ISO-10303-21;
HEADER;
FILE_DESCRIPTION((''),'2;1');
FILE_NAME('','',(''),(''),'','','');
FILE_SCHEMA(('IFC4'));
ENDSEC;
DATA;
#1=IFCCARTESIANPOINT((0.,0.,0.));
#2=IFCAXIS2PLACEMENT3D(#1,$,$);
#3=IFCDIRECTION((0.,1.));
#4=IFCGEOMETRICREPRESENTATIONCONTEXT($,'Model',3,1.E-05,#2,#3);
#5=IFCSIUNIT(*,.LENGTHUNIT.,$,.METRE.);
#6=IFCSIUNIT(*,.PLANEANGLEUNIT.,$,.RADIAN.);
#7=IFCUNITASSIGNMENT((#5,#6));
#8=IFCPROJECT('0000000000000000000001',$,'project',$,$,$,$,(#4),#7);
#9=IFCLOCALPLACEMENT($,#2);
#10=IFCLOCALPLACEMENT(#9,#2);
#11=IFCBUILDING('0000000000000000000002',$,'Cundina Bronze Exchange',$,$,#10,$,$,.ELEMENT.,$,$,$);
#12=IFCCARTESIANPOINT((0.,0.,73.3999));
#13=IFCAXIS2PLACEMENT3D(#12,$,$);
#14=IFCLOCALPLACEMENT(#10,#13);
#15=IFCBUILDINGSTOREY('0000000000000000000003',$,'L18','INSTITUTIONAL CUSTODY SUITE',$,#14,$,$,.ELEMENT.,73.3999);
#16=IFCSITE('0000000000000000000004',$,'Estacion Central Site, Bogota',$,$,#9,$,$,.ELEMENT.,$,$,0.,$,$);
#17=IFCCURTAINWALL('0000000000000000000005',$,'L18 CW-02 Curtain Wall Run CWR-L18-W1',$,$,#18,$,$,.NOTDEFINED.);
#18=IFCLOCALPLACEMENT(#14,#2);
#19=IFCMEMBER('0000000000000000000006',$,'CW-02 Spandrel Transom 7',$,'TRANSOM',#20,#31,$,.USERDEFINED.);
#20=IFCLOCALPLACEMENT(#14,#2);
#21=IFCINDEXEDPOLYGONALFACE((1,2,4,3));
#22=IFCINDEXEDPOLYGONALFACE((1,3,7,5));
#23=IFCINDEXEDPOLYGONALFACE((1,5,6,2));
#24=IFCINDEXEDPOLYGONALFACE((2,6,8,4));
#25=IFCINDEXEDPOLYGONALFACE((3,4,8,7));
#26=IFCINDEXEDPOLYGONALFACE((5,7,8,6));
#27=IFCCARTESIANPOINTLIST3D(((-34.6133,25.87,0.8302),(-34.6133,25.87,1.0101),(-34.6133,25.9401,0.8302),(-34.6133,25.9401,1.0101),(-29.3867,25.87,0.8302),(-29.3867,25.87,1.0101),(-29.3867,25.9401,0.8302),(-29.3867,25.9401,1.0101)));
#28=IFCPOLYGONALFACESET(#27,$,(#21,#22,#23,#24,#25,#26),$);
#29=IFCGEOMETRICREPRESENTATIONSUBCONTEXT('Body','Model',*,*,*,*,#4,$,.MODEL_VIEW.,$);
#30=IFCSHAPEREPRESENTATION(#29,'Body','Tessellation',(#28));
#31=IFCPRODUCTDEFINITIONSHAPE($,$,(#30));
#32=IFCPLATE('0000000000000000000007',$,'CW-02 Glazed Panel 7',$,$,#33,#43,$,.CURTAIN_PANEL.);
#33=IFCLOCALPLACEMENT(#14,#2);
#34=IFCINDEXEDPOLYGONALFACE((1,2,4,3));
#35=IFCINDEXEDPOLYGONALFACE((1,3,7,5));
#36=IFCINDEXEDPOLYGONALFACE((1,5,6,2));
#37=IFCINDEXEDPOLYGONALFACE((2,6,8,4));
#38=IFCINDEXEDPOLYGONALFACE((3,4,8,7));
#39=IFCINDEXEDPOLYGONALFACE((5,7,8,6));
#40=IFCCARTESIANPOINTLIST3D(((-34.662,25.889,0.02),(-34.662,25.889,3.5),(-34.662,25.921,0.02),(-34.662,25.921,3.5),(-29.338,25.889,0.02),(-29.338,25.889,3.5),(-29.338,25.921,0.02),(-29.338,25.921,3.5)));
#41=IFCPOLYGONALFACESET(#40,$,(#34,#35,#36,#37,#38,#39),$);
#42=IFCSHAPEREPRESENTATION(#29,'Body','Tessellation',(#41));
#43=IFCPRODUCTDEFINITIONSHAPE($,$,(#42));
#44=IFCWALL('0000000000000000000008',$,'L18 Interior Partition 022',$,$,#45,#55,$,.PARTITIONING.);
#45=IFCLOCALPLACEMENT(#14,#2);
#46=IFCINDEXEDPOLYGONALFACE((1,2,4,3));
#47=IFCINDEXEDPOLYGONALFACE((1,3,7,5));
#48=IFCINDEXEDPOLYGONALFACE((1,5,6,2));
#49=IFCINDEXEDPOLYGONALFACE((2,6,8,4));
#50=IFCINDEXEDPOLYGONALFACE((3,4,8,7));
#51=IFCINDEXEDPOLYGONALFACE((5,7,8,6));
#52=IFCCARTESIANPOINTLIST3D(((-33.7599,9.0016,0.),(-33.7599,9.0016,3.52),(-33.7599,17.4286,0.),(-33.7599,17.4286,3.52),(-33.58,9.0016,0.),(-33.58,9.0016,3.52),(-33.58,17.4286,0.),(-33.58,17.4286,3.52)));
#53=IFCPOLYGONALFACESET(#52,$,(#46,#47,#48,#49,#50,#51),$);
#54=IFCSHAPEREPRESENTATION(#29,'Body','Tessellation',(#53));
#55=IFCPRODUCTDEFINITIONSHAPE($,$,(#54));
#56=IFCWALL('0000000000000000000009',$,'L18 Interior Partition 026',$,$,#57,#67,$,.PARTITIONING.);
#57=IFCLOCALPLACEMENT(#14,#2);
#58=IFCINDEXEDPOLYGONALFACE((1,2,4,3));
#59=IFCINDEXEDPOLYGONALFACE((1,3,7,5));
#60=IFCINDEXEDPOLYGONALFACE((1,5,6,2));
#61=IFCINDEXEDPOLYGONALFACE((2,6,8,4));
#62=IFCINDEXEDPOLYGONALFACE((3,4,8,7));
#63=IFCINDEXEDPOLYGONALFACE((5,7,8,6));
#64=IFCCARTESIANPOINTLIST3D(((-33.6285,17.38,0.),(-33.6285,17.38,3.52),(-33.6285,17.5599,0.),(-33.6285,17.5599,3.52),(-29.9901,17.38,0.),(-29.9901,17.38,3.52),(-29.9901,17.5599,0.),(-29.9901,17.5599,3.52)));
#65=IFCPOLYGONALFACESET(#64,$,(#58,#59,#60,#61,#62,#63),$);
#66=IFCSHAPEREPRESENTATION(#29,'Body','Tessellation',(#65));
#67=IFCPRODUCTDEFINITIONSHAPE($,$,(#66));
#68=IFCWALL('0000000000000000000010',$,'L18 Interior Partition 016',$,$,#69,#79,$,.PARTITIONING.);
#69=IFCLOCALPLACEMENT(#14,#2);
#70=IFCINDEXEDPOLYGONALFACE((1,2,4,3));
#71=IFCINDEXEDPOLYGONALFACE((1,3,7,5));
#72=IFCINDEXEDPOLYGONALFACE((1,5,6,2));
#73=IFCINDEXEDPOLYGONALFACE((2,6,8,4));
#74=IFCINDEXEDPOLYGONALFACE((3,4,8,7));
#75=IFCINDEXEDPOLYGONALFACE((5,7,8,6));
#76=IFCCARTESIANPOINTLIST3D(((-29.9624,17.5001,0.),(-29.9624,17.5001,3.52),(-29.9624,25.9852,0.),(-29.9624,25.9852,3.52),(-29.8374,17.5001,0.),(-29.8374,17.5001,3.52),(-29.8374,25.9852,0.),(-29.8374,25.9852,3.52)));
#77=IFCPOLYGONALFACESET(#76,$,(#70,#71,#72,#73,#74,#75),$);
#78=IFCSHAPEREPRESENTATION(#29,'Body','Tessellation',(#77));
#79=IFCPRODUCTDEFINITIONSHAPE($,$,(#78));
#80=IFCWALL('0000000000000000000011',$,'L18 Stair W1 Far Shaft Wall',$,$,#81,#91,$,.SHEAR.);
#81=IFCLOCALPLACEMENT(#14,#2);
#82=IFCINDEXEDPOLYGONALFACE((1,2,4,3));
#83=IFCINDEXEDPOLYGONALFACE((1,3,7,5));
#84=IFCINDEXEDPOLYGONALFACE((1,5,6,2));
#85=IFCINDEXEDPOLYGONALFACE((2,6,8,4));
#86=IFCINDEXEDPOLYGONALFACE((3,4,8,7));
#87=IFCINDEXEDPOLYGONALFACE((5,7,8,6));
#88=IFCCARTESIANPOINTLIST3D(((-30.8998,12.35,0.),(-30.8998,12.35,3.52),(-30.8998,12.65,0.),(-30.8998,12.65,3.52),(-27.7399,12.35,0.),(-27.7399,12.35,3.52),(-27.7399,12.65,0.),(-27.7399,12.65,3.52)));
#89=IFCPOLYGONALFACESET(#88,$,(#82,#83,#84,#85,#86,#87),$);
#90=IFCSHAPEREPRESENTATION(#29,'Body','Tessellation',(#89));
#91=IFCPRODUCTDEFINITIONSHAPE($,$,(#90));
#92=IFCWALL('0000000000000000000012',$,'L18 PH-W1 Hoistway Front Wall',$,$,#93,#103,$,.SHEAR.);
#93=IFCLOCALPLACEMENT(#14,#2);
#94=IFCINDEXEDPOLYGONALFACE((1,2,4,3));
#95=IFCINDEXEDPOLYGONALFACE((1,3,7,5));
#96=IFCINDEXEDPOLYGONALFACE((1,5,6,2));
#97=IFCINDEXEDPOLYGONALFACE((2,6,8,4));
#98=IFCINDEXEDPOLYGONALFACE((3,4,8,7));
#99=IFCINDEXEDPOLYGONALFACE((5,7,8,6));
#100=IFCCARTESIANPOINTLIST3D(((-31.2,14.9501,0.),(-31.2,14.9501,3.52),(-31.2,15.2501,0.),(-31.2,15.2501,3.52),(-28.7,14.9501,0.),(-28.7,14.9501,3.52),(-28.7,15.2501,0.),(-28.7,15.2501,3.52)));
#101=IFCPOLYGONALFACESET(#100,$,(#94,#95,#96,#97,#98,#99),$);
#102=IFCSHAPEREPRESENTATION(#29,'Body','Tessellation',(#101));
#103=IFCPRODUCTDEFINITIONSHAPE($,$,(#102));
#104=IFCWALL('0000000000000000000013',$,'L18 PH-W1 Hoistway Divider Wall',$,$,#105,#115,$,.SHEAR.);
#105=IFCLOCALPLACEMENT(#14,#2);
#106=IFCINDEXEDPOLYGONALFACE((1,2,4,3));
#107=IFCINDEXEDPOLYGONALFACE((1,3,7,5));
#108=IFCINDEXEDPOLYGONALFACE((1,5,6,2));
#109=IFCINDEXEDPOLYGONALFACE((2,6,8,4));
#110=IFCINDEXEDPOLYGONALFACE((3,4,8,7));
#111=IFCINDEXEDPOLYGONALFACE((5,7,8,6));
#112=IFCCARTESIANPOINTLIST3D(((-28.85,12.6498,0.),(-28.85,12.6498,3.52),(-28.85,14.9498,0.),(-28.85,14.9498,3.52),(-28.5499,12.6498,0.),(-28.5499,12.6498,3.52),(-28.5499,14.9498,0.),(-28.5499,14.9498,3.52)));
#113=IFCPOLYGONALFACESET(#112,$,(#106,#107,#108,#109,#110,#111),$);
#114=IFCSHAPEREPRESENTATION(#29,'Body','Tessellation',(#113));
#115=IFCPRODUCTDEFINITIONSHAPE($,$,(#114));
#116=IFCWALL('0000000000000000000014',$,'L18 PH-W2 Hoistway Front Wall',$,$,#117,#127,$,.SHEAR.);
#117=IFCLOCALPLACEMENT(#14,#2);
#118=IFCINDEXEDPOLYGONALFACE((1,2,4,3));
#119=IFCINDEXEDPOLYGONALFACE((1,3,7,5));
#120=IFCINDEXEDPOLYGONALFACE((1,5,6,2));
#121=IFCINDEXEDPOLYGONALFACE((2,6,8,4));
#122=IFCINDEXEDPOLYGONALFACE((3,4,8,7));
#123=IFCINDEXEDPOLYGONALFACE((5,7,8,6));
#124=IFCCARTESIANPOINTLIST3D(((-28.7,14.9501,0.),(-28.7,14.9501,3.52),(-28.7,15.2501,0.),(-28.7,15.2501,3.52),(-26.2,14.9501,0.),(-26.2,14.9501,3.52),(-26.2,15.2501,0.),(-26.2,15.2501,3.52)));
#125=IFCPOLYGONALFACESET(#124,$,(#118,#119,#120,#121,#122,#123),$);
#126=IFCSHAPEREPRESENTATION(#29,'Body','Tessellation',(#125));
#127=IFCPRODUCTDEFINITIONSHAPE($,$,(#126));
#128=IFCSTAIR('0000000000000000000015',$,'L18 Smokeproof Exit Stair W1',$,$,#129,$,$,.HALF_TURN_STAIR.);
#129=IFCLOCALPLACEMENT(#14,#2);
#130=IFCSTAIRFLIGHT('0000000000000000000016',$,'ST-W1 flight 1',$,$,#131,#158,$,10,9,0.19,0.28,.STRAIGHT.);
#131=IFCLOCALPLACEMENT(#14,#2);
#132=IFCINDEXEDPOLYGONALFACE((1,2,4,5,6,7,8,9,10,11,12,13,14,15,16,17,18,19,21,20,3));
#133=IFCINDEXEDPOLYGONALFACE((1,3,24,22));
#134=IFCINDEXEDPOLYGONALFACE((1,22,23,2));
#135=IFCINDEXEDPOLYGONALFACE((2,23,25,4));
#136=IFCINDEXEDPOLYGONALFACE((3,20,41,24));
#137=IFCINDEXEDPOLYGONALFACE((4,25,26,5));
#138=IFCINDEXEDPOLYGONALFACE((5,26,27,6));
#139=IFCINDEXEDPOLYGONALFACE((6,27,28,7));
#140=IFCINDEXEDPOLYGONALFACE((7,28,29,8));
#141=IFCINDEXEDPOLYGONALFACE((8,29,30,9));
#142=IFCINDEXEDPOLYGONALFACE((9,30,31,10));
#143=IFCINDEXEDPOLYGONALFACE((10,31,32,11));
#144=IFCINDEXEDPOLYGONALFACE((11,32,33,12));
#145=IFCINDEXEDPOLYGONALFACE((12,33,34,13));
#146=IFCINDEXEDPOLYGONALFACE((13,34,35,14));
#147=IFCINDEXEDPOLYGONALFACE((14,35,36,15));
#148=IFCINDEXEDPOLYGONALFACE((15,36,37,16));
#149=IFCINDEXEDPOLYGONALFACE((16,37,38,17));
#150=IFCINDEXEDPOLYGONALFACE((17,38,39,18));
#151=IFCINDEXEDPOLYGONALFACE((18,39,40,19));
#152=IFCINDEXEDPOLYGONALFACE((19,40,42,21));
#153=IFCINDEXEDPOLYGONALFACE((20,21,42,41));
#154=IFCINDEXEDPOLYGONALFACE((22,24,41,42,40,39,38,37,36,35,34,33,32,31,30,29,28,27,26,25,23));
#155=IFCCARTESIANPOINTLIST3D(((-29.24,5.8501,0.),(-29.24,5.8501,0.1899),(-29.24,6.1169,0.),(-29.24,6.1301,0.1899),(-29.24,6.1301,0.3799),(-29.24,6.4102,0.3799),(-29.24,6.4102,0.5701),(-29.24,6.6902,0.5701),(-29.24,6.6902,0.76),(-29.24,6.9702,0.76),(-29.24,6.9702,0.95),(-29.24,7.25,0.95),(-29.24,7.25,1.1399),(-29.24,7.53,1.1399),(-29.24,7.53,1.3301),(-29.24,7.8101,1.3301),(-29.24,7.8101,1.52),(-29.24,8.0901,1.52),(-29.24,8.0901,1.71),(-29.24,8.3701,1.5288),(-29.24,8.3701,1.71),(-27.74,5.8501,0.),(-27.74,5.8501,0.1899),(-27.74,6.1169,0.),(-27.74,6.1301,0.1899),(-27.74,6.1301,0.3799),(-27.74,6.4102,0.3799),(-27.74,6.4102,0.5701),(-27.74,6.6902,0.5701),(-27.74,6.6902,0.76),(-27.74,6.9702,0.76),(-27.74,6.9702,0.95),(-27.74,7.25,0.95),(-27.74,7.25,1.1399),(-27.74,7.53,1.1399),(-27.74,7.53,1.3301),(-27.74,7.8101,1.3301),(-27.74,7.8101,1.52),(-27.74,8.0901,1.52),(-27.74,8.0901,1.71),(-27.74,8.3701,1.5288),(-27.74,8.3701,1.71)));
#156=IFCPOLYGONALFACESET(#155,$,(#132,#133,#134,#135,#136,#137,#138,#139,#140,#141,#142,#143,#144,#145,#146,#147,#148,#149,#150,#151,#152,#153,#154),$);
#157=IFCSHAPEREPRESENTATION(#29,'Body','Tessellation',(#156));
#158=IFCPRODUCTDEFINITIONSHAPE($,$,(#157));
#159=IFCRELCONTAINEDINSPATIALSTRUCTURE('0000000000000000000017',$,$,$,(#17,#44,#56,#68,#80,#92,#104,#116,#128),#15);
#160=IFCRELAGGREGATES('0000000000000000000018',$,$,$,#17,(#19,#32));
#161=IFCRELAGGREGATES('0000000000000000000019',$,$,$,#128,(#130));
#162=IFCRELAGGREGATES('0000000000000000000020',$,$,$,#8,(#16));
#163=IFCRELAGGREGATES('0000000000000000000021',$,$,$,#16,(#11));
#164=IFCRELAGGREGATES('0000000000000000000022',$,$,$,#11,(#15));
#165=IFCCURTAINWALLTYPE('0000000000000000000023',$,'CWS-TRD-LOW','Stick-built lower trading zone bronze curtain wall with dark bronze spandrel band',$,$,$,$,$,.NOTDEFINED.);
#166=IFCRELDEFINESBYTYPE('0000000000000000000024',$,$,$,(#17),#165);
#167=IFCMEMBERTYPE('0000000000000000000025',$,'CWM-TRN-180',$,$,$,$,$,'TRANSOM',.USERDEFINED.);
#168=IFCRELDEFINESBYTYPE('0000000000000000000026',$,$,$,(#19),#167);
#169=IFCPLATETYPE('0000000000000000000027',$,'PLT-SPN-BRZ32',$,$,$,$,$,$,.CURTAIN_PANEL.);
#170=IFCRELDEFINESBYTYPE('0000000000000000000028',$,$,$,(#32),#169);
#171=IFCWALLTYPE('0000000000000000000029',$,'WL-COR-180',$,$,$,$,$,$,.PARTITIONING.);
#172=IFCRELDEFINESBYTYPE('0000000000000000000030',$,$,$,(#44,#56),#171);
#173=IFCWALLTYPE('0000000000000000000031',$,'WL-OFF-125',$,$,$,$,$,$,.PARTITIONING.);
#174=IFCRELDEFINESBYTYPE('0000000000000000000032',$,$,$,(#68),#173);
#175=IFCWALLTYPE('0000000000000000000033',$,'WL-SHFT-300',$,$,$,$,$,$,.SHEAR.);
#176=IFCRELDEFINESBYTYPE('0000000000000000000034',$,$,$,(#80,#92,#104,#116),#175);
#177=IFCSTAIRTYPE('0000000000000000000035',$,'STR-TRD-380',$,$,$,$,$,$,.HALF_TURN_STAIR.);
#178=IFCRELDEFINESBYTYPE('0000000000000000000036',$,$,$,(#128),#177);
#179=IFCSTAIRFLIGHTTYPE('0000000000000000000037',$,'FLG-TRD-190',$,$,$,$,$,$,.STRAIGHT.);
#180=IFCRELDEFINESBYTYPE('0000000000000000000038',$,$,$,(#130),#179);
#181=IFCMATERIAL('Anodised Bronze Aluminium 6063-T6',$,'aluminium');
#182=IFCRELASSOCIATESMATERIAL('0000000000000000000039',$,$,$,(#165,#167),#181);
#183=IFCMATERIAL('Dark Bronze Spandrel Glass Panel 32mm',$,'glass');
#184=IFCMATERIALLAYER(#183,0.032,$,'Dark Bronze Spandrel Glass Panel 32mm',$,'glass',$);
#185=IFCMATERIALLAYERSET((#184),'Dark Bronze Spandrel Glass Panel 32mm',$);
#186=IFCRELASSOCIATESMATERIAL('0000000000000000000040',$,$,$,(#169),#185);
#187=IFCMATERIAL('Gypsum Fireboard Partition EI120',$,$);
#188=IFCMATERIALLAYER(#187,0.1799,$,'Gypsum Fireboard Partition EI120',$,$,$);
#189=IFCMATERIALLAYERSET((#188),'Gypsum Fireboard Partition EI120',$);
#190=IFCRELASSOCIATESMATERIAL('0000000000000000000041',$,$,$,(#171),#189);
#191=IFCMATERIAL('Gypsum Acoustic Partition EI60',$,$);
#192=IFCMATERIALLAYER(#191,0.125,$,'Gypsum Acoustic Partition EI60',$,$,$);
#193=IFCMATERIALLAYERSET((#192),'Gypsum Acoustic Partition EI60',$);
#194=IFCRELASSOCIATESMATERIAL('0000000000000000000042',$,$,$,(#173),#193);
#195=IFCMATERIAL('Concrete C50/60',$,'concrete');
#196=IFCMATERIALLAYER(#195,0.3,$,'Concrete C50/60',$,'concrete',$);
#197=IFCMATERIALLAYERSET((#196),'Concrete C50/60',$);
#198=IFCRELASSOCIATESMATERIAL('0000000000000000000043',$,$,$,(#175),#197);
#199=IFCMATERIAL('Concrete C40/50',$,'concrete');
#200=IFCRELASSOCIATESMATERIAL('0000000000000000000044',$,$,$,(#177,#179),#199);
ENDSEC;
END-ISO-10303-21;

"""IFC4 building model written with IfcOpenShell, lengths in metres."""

from ifc_helpers import new_model, si_unit, direction, frame, frame_2d, origin, origin_2d, place, context, subcontext, project, spatial, polyline, rectangle, outline, extrude, material, layer, layer_set, material_profile, profile_set, type_object, element, aggregate, save


model = new_model("IFC4")

# Units and contexts
model_context = context("Model", 3, precision=1e-05, world=origin(), true_north=direction((0.0, 1.0)))
body_context = subcontext(model_context, "Body", "Model", "MODEL_VIEW")
ifc_project = project(units=[si_unit("LENGTHUNIT", "METRE"), si_unit("PLANEANGLEUNIT", "RADIAN")], contexts=[model_context])

# Site, building, storey
site_placement = place(None, origin())
site = spatial("IfcSite", under=ifc_project, at=site_placement, Name="Estacion Central Site, Bogota", CompositionType="ELEMENT", RefElevation=0.0)
building_placement = place(site_placement, origin())
building = spatial("IfcBuilding", under=site, at=building_placement, Name="Cundina Bronze Exchange", CompositionType="ELEMENT")
storey_placement = place(building_placement, frame((0.0, 0.0, 73.3999)))
storey = spatial("IfcBuildingStorey", under=building, at=storey_placement, Name="L18", Description="INSTITUTIONAL CUSTODY SUITE", CompositionType="ELEMENT", Elevation=73.3999)

# Curtain wall
ifc_material_1 = material(Name="Anodised Bronze Aluminium 6063-T6", Category="aluminium")
curtain_wall_type = type_object("IfcCurtainWallType", Name="CWS-TRD-LOW", Description="Stick-built lower trading zone bronze curtain wall with dark bronze spandrel band", PredefinedType="NOTDEFINED", material=ifc_material_1)
curtain_wall_1_placement = place(storey_placement, origin())
curtain_wall_1 = element("IfcCurtainWall", 1, at=curtain_wall_1_placement, inside=storey, type_object=curtain_wall_type, Name="L18 CW-02 Curtain Wall Run CWR-L18-W1", PredefinedType="NOTDEFINED")

# Member
ifc_material_profile_1 = material_profile(ifc_material_1, rectangle(XDim=0.0701, YDim=0.1799, at=origin_2d()), Name="AL70X180", Category="aluminium")
ifc_profile_set_1 = profile_set([ifc_material_profile_1], Name="Anodised Bronze Aluminium 6063-T6")
member_type_1 = type_object("IfcMemberType", Name="CWM-TRN-180", ElementType="TRANSOM", PredefinedType="USERDEFINED", material=ifc_profile_set_1)
member_1_placement = place(storey_placement, frame((-29.3867, 25.905, 0.9202), z_axis=(-1.0, 0.0, 0.0), x_axis=(0.0, -1.0, 0.0)))
member_1 = element("IfcMember", 2, at=member_1_placement, type_object=member_type_1, Name="CW-02 Spandrel Transom 7", ObjectType="TRANSOM", PredefinedType="USERDEFINED", context=body_context, shape_type="SweptSolid", body=[
    extrude(rectangle(XDim=0.0701, YDim=0.1799, at=origin_2d()), origin(), (0.0, 0.0, 1.0), 5.2266),
])

# Plate
ifc_material_2 = material(Name="Dark Bronze Spandrel Glass Panel 32mm", Category="glass")
ifc_layer_1 = layer(ifc_material_2, 0.032, Name="Dark Bronze Spandrel Glass Panel 32mm", Category="glass")
ifc_layer_set_1 = layer_set([ifc_layer_1], Name="Dark Bronze Spandrel Glass Panel 32mm")
plate_type = type_object("IfcPlateType", Name="PLT-SPN-BRZ32", PredefinedType="CURTAIN_PANEL", material=ifc_layer_set_1)
plate_placement = place(storey_placement, frame((-32.0, 25.905, 0.02), z_axis=(0.0, 0.0, 1.0), x_axis=(-1.0, 0.0, 0.0)))
plate = element("IfcPlate", 3, at=plate_placement, type_object=plate_type, Name="CW-02 Glazed Panel 7", PredefinedType="CURTAIN_PANEL", context=body_context, shape_type="SweptSolid", body=[
    extrude(rectangle(XDim=5.324, YDim=0.032, at=origin_2d()), origin(), (0.0, 0.0, 1.0), 3.48),
])
aggregate(curtain_wall_1, [member_1, plate])

# Shared definitions
ifc_material_3 = material(Name="Gypsum Fireboard Partition EI120")
ifc_layer_2 = layer(ifc_material_3, 0.1799, Name="Gypsum Fireboard Partition EI120")
ifc_layer_set_2 = layer_set([ifc_layer_2], Name="Gypsum Fireboard Partition EI120")
wall_type_1 = type_object("IfcWallType", Name="WL-COR-180", PredefinedType="PARTITIONING", material=ifc_layer_set_2)

# Walls
wall_1_placement = place(storey_placement, frame((-33.6699, 17.4285, 0.0), z_axis=(0.0, 0.0, 1.0), x_axis=(0.0, -1.0, 0.0)))
element("IfcWall", 4, at=wall_1_placement, inside=storey, type_object=wall_type_1, Name="L18 Interior Partition 022", PredefinedType="PARTITIONING", context=body_context, shape_type="SweptSolid", body=[
    extrude(rectangle(XDim=8.427, YDim=0.1799, at=frame_2d((4.2134, 0.0))), origin(), (0.0, 0.0, 1.0), 3.52),
])
wall_2_placement = place(storey_placement, frame((-29.99, 17.47, 0.0), z_axis=(0.0, 0.0, 1.0), x_axis=(-1.0, 0.0, 0.0)))
element("IfcWall", 5, at=wall_2_placement, inside=storey, type_object=wall_type_1, Name="L18 Interior Partition 026", PredefinedType="PARTITIONING", context=body_context, shape_type="SweptSolid", body=[
    extrude(rectangle(XDim=3.6384, YDim=0.1799, at=frame_2d((1.8193, 0.0))), origin(), (0.0, 0.0, 1.0), 3.52),
])
ifc_material_4 = material(Name="Gypsum Acoustic Partition EI60")
ifc_layer_3 = layer(ifc_material_4, 0.125, Name="Gypsum Acoustic Partition EI60")
ifc_layer_set_3 = layer_set([ifc_layer_3], Name="Gypsum Acoustic Partition EI60")
wall_type_2 = type_object("IfcWallType", Name="WL-OFF-125", PredefinedType="PARTITIONING", material=ifc_layer_set_3)
wall_3_placement = place(storey_placement, frame((-29.8999, 17.5, 0.0), z_axis=(0.0, 0.0, 1.0), x_axis=(0.0, 1.0, 0.0)))
element("IfcWall", 6, at=wall_3_placement, inside=storey, type_object=wall_type_2, Name="L18 Interior Partition 016", PredefinedType="PARTITIONING", context=body_context, shape_type="SweptSolid", body=[
    extrude(rectangle(XDim=8.4851, YDim=0.125, at=frame_2d((4.2427, 0.0))), origin(), (0.0, 0.0, 1.0), 3.52),
])

# Shared definitions
ifc_material_5 = material(Name="Concrete C50/60", Category="concrete")
ifc_layer_4 = layer(ifc_material_5, 0.3, Name="Concrete C50/60", Category="concrete")
ifc_layer_set_4 = layer_set([ifc_layer_4], Name="Concrete C50/60")
wall_type_3 = type_object("IfcWallType", Name="WL-SHFT-300", PredefinedType="SHEAR", material=ifc_layer_set_4)

# Walls
wall_4_placement = place(storey_placement, frame((-30.8999, 12.5, 0.0), z_axis=(0.0, 0.0, 1.0), x_axis=(1.0, 0.0, 0.0)))
element("IfcWall", 7, at=wall_4_placement, inside=storey, type_object=wall_type_3, Name="L18 Stair W1 Far Shaft Wall", PredefinedType="SHEAR", context=body_context, shape_type="SweptSolid", body=[
    extrude(rectangle(XDim=3.1599, YDim=0.3, at=frame_2d((1.5801, 0.0))), origin(), (0.0, 0.0, 1.0), 3.52),
])
wall_5_placement = place(storey_placement, frame((-31.2, 15.1001, 0.0), z_axis=(0.0, 0.0, 1.0), x_axis=(1.0, 0.0, 0.0)))
element("IfcWall", 8, at=wall_5_placement, inside=storey, type_object=wall_type_3, Name="L18 PH-W1 Hoistway Front Wall", PredefinedType="SHEAR", context=body_context, shape_type="SweptSolid", body=[
    extrude(rectangle(XDim=2.5, YDim=0.3, at=frame_2d((1.25, 0.0))), origin(), (0.0, 0.0, 1.0), 3.52),
])
wall_6_placement = place(storey_placement, frame((-28.7, 12.6499, 0.0), z_axis=(0.0, 0.0, 1.0), x_axis=(0.0, 1.0, 0.0)))
element("IfcWall", 9, at=wall_6_placement, inside=storey, type_object=wall_type_3, Name="L18 PH-W1 Hoistway Divider Wall", PredefinedType="SHEAR", context=body_context, shape_type="SweptSolid", body=[
    extrude(rectangle(XDim=2.3, YDim=0.3, at=frame_2d((1.1499, 0.0))), origin(), (0.0, 0.0, 1.0), 3.52),
])
wall_7_placement = place(storey_placement, frame((-28.7, 15.1001, 0.0), z_axis=(0.0, 0.0, 1.0), x_axis=(1.0, 0.0, 0.0)))
element("IfcWall", 10, at=wall_7_placement, inside=storey, type_object=wall_type_3, Name="L18 PH-W2 Hoistway Front Wall", PredefinedType="SHEAR", context=body_context, shape_type="SweptSolid", body=[
    extrude(rectangle(XDim=2.5, YDim=0.3, at=frame_2d((1.25, 0.0))), origin(), (0.0, 0.0, 1.0), 3.52),
])

# Stair, stair flight
ifc_material_6 = material(Name="Concrete C40/50", Category="concrete")
stair_type = type_object("IfcStairType", Name="STR-TRD-380", PredefinedType="HALF_TURN_STAIR", material=ifc_material_6)
stair_placement = place(storey_placement, origin())
stair = element("IfcStair", 11, at=stair_placement, inside=storey, type_object=stair_type, Name="L18 Smokeproof Exit Stair W1", PredefinedType="HALF_TURN_STAIR")
stair_flight_type = type_object("IfcStairFlightType", Name="FLG-TRD-190", PredefinedType="STRAIGHT", material=ifc_material_6)
stair_flight_1_placement = place(storey_placement, frame((-28.49, 5.8501, 0.0), z_axis=(0.0, 0.0, 1.0), x_axis=(0.0, 1.0, 0.0)))
stair_flight_1 = element("IfcStairFlight", 12, at=stair_flight_1_placement, type_object=stair_flight_type, Name="ST-W1 flight 1", NumberOfRisers=10, NumberOfTreads=9, PredefinedType="STRAIGHT", RiserHeight=0.19, TreadLength=0.28, context=body_context, shape_type="SweptSolid", body=[
    extrude(outline(polyline([(0.0, 0.0), (0.0, 0.1899), (0.28, 0.1899), (0.28, 0.3799), (0.5601, 0.3799), (0.5601, 0.5701), (0.8401, 0.5701), (0.8401, 0.76), (1.1201, 0.76), (1.1201, 0.95), (1.3999, 0.95), (1.3999, 1.1399), (1.6799, 1.1399), (1.6799, 1.3301), (1.96, 1.3301), (1.96, 1.52), (2.24, 1.52), (2.24, 1.71), (2.52, 1.71), (2.52, 1.8999), (2.52, 1.5288), (0.2668, 0.0), (0.0, 0.0)])), frame((0.0, 0.75, 0.0), z_axis=(0.0, -1.0, 0.0), x_axis=(1.0, 0.0, 0.0)), (0.0, 0.0, 1.0), 1.5),
])
aggregate(stair, [stair_flight_1])

save(model, "model.ifc")
